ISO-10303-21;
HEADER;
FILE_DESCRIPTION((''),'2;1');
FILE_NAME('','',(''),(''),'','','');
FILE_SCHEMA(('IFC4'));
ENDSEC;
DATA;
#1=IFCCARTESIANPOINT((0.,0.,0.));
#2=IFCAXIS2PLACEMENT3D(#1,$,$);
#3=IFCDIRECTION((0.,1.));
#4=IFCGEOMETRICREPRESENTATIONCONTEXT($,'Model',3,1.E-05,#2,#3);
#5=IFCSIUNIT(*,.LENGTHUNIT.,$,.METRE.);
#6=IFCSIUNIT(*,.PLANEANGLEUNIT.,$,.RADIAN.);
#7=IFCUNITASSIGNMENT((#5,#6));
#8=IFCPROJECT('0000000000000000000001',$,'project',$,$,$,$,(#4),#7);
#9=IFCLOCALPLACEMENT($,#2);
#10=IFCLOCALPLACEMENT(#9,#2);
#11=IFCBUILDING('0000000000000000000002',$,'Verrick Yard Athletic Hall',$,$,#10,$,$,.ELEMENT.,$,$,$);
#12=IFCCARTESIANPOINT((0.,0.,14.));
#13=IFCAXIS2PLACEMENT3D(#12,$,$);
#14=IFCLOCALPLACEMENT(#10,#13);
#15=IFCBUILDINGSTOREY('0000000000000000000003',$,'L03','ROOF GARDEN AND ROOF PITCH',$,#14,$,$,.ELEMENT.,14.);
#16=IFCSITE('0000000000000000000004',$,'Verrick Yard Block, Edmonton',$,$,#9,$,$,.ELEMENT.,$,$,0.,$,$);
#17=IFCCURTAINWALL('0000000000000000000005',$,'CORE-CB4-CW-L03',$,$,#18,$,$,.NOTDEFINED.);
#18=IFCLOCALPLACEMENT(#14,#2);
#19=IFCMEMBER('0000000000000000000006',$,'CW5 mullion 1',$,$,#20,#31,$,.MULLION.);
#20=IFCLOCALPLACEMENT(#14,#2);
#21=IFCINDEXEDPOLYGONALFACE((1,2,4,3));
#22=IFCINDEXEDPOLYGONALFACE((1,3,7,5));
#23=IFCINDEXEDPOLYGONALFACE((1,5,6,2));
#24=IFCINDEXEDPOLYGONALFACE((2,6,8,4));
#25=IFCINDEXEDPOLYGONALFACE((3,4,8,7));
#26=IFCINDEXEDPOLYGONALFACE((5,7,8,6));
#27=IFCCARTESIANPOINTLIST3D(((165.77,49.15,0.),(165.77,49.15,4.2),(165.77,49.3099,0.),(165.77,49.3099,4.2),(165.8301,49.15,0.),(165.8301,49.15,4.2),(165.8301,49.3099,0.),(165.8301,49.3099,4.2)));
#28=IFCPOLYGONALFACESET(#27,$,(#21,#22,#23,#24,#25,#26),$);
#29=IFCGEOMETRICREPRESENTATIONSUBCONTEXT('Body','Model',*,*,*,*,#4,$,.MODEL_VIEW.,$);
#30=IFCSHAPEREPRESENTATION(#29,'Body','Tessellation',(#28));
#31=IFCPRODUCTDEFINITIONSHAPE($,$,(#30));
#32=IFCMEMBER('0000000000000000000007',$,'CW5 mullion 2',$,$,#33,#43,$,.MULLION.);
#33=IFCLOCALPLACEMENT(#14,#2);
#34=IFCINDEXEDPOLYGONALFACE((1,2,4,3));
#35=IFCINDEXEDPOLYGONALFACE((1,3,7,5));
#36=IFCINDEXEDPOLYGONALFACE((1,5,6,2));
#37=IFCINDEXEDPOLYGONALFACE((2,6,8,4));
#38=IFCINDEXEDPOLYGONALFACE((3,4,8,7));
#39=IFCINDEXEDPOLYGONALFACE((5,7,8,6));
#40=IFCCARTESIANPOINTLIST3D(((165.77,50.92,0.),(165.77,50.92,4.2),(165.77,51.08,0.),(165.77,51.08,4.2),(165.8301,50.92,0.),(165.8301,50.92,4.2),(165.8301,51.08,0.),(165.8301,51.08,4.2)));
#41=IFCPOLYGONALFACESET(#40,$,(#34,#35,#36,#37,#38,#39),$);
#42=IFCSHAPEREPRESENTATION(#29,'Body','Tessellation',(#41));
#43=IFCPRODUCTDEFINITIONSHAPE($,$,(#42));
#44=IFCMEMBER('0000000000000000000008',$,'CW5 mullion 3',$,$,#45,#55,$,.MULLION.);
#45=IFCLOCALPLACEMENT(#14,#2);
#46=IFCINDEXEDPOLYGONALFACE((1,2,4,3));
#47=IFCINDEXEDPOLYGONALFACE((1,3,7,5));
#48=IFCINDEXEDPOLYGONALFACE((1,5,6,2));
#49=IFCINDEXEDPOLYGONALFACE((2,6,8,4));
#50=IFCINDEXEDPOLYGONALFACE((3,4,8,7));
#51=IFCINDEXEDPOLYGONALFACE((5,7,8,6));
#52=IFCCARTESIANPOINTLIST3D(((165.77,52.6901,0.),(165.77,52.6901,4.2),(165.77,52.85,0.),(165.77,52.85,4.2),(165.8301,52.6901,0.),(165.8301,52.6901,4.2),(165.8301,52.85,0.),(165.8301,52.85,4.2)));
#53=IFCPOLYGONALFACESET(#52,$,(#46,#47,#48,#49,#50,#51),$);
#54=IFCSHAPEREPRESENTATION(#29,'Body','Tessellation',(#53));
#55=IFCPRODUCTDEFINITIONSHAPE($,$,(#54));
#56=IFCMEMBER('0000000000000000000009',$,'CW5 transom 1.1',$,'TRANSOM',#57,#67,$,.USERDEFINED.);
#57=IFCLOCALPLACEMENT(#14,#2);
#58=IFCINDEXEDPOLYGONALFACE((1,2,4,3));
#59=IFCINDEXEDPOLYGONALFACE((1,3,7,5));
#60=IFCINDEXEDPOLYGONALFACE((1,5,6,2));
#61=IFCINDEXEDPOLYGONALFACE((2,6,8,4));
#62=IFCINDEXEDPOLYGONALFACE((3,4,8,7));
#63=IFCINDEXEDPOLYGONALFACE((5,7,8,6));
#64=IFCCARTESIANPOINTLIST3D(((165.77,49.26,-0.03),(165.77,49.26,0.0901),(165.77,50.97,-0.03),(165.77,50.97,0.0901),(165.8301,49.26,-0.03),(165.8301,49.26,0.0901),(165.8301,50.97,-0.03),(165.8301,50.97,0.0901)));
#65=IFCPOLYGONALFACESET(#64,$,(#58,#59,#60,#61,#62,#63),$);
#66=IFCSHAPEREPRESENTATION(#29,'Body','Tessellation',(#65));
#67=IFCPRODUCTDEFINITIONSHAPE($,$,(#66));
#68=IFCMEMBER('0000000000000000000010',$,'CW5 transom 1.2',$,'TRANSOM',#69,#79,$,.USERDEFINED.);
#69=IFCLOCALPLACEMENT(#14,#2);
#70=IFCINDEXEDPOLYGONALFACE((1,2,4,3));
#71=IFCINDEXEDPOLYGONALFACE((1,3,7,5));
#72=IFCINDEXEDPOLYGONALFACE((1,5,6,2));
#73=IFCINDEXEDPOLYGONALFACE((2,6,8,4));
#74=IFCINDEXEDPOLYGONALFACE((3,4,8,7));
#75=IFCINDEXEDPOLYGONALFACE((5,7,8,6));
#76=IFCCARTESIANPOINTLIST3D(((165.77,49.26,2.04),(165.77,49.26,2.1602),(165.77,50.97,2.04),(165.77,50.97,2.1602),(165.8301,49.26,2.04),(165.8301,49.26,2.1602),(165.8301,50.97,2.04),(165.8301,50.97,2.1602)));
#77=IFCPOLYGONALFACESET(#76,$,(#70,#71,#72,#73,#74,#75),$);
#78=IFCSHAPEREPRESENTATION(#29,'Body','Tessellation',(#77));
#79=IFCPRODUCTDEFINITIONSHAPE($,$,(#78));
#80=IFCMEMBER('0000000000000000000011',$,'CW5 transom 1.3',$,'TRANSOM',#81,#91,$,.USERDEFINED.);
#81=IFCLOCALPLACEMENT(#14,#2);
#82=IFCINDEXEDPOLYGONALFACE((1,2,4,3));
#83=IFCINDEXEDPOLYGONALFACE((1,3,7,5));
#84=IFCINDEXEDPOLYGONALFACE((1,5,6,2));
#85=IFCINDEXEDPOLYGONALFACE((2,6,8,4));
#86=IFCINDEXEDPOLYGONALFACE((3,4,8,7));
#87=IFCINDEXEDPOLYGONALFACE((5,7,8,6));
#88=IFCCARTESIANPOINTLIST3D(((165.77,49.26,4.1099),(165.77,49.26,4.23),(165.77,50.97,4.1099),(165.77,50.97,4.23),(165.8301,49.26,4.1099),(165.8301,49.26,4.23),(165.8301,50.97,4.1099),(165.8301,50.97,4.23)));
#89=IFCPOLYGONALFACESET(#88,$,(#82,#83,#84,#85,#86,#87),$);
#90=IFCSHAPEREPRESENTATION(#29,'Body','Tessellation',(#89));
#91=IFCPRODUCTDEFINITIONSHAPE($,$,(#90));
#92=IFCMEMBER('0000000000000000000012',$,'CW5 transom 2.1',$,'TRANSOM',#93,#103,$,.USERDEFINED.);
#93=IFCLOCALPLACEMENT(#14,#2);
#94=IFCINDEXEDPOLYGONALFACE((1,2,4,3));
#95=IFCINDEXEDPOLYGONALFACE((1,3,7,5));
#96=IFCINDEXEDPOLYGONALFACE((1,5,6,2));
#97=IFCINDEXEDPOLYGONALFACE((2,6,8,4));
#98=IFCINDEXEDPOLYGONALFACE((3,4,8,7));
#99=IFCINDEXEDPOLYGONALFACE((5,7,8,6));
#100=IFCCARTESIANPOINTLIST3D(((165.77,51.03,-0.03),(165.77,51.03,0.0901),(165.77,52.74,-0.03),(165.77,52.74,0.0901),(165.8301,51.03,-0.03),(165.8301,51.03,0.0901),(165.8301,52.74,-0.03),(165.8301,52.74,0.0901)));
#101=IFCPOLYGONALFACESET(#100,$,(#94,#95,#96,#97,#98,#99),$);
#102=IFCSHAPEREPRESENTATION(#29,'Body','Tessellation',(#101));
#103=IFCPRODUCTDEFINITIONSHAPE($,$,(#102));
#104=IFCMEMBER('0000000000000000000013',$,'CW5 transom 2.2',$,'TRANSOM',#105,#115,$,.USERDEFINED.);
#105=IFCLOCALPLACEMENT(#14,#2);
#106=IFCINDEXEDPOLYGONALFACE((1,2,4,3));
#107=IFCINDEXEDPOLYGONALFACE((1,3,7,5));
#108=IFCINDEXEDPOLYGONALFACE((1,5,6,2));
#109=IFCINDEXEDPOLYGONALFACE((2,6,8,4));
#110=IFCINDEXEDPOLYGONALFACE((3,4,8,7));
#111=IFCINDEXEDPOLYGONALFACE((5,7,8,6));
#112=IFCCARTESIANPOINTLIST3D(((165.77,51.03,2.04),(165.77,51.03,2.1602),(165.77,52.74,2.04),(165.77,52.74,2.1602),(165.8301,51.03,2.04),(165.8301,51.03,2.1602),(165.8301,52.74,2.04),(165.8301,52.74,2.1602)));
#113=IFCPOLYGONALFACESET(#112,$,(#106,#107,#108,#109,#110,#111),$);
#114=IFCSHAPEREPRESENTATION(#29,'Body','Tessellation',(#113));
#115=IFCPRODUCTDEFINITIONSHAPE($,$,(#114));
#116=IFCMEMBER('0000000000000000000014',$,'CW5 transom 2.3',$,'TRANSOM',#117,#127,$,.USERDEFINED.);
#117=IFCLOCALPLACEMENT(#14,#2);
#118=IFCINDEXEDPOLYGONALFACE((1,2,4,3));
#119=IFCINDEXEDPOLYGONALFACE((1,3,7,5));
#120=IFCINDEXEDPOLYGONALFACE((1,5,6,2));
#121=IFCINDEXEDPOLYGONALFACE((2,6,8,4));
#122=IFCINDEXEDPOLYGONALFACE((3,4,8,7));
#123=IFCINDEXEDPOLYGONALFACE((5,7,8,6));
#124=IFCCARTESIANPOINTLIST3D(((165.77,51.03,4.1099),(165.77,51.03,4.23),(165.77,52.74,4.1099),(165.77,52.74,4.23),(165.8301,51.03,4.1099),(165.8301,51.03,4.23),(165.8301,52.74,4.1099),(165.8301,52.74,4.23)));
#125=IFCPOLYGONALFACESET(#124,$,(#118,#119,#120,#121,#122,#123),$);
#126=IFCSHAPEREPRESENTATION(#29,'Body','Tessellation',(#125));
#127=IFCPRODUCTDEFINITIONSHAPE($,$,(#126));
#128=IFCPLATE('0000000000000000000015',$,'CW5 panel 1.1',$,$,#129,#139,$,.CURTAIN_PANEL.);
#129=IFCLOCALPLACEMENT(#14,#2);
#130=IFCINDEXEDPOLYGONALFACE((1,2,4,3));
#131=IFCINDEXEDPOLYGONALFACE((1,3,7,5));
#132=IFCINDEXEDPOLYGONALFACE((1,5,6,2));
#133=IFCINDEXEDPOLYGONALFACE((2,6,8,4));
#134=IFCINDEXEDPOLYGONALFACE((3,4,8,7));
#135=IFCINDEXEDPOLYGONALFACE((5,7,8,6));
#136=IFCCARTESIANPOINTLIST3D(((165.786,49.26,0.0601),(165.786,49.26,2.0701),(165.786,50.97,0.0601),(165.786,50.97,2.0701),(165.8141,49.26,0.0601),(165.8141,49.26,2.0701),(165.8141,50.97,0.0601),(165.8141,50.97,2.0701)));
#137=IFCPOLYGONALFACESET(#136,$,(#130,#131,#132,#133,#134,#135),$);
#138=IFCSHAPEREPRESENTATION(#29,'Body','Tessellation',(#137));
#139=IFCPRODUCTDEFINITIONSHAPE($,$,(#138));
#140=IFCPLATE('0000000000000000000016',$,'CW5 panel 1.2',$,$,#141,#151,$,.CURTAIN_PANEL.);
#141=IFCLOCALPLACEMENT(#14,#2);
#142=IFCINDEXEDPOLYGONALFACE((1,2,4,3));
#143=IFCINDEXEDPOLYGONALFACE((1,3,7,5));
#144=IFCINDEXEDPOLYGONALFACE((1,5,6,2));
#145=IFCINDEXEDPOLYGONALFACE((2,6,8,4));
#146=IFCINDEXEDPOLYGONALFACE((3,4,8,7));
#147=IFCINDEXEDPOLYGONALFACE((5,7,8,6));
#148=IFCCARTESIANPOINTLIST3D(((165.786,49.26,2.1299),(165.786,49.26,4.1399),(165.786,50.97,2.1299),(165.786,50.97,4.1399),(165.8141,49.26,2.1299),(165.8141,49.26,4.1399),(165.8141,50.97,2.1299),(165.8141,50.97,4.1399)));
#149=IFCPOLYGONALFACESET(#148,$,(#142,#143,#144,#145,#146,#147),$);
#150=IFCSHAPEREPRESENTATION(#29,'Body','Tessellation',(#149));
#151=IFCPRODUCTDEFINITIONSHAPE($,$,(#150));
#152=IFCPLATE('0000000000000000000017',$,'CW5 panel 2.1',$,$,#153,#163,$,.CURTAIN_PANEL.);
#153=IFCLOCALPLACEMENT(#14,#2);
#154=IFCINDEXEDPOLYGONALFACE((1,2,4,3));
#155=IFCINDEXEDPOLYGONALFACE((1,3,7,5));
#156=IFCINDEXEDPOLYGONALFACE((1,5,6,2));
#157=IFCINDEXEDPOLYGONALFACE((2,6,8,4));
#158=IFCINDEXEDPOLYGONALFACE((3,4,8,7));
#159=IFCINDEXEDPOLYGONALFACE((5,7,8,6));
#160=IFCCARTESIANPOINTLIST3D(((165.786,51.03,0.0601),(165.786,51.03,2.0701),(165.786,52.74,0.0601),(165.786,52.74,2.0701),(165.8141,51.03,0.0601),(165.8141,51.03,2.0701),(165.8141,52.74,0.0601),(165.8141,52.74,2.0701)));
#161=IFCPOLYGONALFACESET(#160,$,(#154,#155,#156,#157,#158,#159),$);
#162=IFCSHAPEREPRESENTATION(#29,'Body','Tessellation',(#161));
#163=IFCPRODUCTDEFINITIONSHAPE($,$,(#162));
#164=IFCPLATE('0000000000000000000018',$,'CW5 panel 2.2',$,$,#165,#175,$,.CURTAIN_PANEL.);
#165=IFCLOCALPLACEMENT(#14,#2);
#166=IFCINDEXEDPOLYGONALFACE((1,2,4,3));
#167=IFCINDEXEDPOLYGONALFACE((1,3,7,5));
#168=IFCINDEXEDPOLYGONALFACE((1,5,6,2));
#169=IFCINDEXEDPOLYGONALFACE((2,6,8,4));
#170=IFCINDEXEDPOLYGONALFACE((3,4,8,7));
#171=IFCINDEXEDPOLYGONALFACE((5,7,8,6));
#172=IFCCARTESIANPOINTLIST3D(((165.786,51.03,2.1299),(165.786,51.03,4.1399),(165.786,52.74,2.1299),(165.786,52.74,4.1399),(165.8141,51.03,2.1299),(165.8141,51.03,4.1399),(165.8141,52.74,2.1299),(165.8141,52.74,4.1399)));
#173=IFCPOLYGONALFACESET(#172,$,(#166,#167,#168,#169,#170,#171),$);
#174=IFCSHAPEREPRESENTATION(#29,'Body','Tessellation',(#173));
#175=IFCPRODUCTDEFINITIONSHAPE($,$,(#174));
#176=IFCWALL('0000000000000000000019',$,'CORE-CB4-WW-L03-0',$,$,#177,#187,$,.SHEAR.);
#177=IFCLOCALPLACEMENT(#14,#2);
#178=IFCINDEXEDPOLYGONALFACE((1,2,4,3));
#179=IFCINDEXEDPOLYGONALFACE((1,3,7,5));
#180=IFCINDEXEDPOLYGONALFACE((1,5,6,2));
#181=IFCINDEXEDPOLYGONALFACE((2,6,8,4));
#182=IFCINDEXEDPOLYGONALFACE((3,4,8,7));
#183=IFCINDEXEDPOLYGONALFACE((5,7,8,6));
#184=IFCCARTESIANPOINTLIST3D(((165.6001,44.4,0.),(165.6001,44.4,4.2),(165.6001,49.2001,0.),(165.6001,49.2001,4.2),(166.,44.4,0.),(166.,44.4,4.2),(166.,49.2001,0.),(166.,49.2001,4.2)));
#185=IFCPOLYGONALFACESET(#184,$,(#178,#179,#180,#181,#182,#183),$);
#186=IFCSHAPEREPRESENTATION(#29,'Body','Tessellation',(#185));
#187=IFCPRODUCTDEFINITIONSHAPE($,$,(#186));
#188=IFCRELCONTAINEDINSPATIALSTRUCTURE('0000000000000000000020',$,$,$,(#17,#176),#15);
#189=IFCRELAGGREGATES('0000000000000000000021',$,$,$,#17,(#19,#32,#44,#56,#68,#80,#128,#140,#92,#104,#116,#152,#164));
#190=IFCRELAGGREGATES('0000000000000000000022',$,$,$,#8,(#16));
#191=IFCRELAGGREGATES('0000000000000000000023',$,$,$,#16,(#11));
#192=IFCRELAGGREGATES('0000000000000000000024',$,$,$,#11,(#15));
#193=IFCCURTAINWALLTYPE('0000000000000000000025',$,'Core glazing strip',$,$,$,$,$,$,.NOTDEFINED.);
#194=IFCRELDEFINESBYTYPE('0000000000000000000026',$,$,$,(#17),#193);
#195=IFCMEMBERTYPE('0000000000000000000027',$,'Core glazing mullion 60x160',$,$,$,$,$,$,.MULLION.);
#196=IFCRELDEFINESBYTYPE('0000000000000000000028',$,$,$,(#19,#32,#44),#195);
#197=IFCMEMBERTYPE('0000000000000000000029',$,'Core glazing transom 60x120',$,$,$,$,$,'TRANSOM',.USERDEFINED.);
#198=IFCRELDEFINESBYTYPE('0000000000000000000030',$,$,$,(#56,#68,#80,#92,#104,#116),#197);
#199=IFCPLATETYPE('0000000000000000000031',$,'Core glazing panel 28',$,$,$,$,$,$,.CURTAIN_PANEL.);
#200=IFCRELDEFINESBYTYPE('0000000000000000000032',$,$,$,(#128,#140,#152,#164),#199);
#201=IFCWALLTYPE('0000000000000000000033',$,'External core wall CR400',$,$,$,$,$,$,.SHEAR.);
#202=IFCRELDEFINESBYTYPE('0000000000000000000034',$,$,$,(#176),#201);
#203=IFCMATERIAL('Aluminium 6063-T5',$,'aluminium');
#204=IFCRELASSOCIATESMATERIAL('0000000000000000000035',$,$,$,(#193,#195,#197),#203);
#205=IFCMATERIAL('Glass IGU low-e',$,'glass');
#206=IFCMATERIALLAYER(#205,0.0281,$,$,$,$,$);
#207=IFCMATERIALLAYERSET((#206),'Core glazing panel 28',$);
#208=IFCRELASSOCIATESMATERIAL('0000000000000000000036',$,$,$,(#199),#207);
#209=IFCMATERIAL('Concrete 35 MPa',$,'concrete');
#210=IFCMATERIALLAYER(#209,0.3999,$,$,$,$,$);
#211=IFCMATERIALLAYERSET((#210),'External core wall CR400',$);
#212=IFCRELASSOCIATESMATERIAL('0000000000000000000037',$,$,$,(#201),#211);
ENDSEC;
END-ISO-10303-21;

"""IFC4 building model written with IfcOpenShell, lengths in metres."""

from ifc_helpers import new_model, si_unit, direction, frame, frame_2d, origin, origin_2d, place, context, subcontext, project, spatial, rectangle, extrude, material, layer, layer_set, material_profile, profile_set, type_object, element, aggregate, save


model = new_model("IFC4")

# Units and contexts
model_context = context("Model", 3, precision=1e-05, world=origin(), true_north=direction((0.0, 1.0)))
body_context = subcontext(model_context, "Body", "Model", "MODEL_VIEW")
ifc_project = project(units=[si_unit("LENGTHUNIT", "METRE"), si_unit("PLANEANGLEUNIT", "RADIAN")], contexts=[model_context])

# Site, building, storey
site_placement = place(None, origin())
site = spatial("IfcSite", under=ifc_project, at=site_placement, Name="Verrick Yard Block, Edmonton", CompositionType="ELEMENT", RefElevation=0.0)
building_placement = place(site_placement, origin())
building = spatial("IfcBuilding", under=site, at=building_placement, Name="Verrick Yard Athletic Hall", CompositionType="ELEMENT")
storey_placement = place(building_placement, frame((0.0, 0.0, 14.0)))
storey = spatial("IfcBuildingStorey", under=building, at=storey_placement, Name="L03", Description="ROOF GARDEN AND ROOF PITCH", CompositionType="ELEMENT", Elevation=14.0)

# Curtain wall, members, plates
ifc_material_1 = material(Name="Aluminium 6063-T5", Category="aluminium")
curtain_wall_type = type_object("IfcCurtainWallType", Name="Core glazing strip", PredefinedType="NOTDEFINED", material=ifc_material_1)
curtain_wall_placement = place(storey_placement, origin())
curtain_wall = element("IfcCurtainWall", 1, at=curtain_wall_placement, inside=storey, type_object=curtain_wall_type, Name="CORE-CB4-CW-L03", PredefinedType="NOTDEFINED")
ifc_material_profile_1 = material_profile(ifc_material_1, rectangle(XDim=0.0601, YDim=0.1599, at=origin_2d()), Name="Core glazing mullion 60x160")
ifc_profile_set_1 = profile_set([ifc_material_profile_1], Name="Aluminium 6063-T5")
member_type_1 = type_object("IfcMemberType", Name="Core glazing mullion 60x160", PredefinedType="MULLION", material=ifc_profile_set_1)
member_1_placement = place(storey_placement, frame((165.8, 49.23, 0.0), z_axis=(0.0, 0.0, 1.0), x_axis=(-1.0, 0.0, 0.0)))
member_1 = element("IfcMember", 2, at=member_1_placement, type_object=member_type_1, Name="CW5 mullion 1", PredefinedType="MULLION", context=body_context, shape_type="SweptSolid", body=[
    extrude(rectangle(XDim=0.0601, YDim=0.1599, at=origin_2d()), origin(), (0.0, 0.0, 1.0), 4.2),
])
member_2_placement = place(storey_placement, frame((165.8, 51.0, 0.0), z_axis=(0.0, 0.0, 1.0), x_axis=(-1.0, 0.0, 0.0)))
member_2 = element("IfcMember", 3, at=member_2_placement, type_object=member_type_1, Name="CW5 mullion 2", PredefinedType="MULLION", context=body_context, shape_type="SweptSolid", body=[
    extrude(rectangle(XDim=0.0601, YDim=0.1599, at=origin_2d()), origin(), (0.0, 0.0, 1.0), 4.2),
])
member_3_placement = place(storey_placement, frame((165.8, 52.77, 0.0), z_axis=(0.0, 0.0, 1.0), x_axis=(-1.0, 0.0, 0.0)))
member_3 = element("IfcMember", 4, at=member_3_placement, type_object=member_type_1, Name="CW5 mullion 3", PredefinedType="MULLION", context=body_context, shape_type="SweptSolid", body=[
    extrude(rectangle(XDim=0.0601, YDim=0.1599, at=origin_2d()), origin(), (0.0, 0.0, 1.0), 4.2),
])
ifc_material_profile_2 = material_profile(ifc_material_1, rectangle(XDim=0.0601, YDim=0.1201, at=origin_2d()), Name="Core glazing transom 60x120")
ifc_profile_set_2 = profile_set([ifc_material_profile_2], Name="Aluminium 6063-T5")
member_type_2 = type_object("IfcMemberType", Name="Core glazing transom 60x120", ElementType="TRANSOM", PredefinedType="USERDEFINED", material=ifc_profile_set_2)
member_4_placement = place(storey_placement, frame((165.8, 49.26, 0.03), z_axis=(0.0, 1.0, 0.0), x_axis=(-1.0, 0.0, 0.0)))
member_4 = element("IfcMember", 5, at=member_4_placement, type_object=member_type_2, Name="CW5 transom 1.1", ObjectType="TRANSOM", PredefinedType="USERDEFINED", context=body_context, shape_type="SweptSolid", body=[
    extrude(rectangle(XDim=0.0601, YDim=0.1201, at=origin_2d()), origin(), (0.0, 0.0, 1.0), 1.71),
])
member_5_placement = place(storey_placement, frame((165.8, 49.26, 2.1001), z_axis=(0.0, 1.0, 0.0), x_axis=(-1.0, 0.0, 0.0)))
member_5 = element("IfcMember", 6, at=member_5_placement, type_object=member_type_2, Name="CW5 transom 1.2", ObjectType="TRANSOM", PredefinedType="USERDEFINED", context=body_context, shape_type="SweptSolid", body=[
    extrude(rectangle(XDim=0.0601, YDim=0.1201, at=origin_2d()), origin(), (0.0, 0.0, 1.0), 1.71),
])
member_6_placement = place(storey_placement, frame((165.8, 49.26, 4.1699), z_axis=(0.0, 1.0, 0.0), x_axis=(-1.0, 0.0, 0.0)))
member_6 = element("IfcMember", 7, at=member_6_placement, type_object=member_type_2, Name="CW5 transom 1.3", ObjectType="TRANSOM", PredefinedType="USERDEFINED", context=body_context, shape_type="SweptSolid", body=[
    extrude(rectangle(XDim=0.0601, YDim=0.1201, at=origin_2d()), origin(), (0.0, 0.0, 1.0), 1.71),
])
member_7_placement = place(storey_placement, frame((165.8, 51.03, 0.03), z_axis=(0.0, 1.0, 0.0), x_axis=(-1.0, 0.0, 0.0)))
member_7 = element("IfcMember", 8, at=member_7_placement, type_object=member_type_2, Name="CW5 transom 2.1", ObjectType="TRANSOM", PredefinedType="USERDEFINED", context=body_context, shape_type="SweptSolid", body=[
    extrude(rectangle(XDim=0.0601, YDim=0.1201, at=origin_2d()), origin(), (0.0, 0.0, 1.0), 1.71),
])
member_8_placement = place(storey_placement, frame((165.8, 51.03, 2.1001), z_axis=(0.0, 1.0, 0.0), x_axis=(-1.0, 0.0, 0.0)))
member_8 = element("IfcMember", 9, at=member_8_placement, type_object=member_type_2, Name="CW5 transom 2.2", ObjectType="TRANSOM", PredefinedType="USERDEFINED", context=body_context, shape_type="SweptSolid", body=[
    extrude(rectangle(XDim=0.0601, YDim=0.1201, at=origin_2d()), origin(), (0.0, 0.0, 1.0), 1.71),
])
member_9_placement = place(storey_placement, frame((165.8, 51.03, 4.1699), z_axis=(0.0, 1.0, 0.0), x_axis=(-1.0, 0.0, 0.0)))
member_9 = element("IfcMember", 10, at=member_9_placement, type_object=member_type_2, Name="CW5 transom 2.3", ObjectType="TRANSOM", PredefinedType="USERDEFINED", context=body_context, shape_type="SweptSolid", body=[
    extrude(rectangle(XDim=0.0601, YDim=0.1201, at=origin_2d()), origin(), (0.0, 0.0, 1.0), 1.71),
])
ifc_material_2 = material(Name="Glass IGU low-e", Category="glass")
ifc_layer_1 = layer(ifc_material_2, 0.0281)
ifc_layer_set_1 = layer_set([ifc_layer_1], Name="Core glazing panel 28")
plate_type = type_object("IfcPlateType", Name="Core glazing panel 28", PredefinedType="CURTAIN_PANEL", material=ifc_layer_set_1)
plate_1_placement = place(storey_placement, frame((165.8, 50.115, 0.0601), z_axis=(0.0, 0.0, 1.0), x_axis=(0.0, 1.0, 0.0)))
plate_1 = element("IfcPlate", 11, at=plate_1_placement, type_object=plate_type, Name="CW5 panel 1.1", PredefinedType="CURTAIN_PANEL", context=body_context, shape_type="SweptSolid", body=[
    extrude(rectangle(XDim=1.71, YDim=0.0281, at=origin_2d()), origin(), (0.0, 0.0, 1.0), 2.01),
])
plate_2_placement = place(storey_placement, frame((165.8, 50.115, 2.1299), z_axis=(0.0, 0.0, 1.0), x_axis=(0.0, 1.0, 0.0)))
plate_2 = element("IfcPlate", 12, at=plate_2_placement, type_object=plate_type, Name="CW5 panel 1.2", PredefinedType="CURTAIN_PANEL", context=body_context, shape_type="SweptSolid", body=[
    extrude(rectangle(XDim=1.71, YDim=0.0281, at=origin_2d()), origin(), (0.0, 0.0, 1.0), 2.01),
])
plate_3_placement = place(storey_placement, frame((165.8, 51.885, 0.0601), z_axis=(0.0, 0.0, 1.0), x_axis=(0.0, 1.0, 0.0)))
plate_3 = element("IfcPlate", 13, at=plate_3_placement, type_object=plate_type, Name="CW5 panel 2.1", PredefinedType="CURTAIN_PANEL", context=body_context, shape_type="SweptSolid", body=[
    extrude(rectangle(XDim=1.71, YDim=0.0281, at=origin_2d()), origin(), (0.0, 0.0, 1.0), 2.01),
])
plate_4_placement = place(storey_placement, frame((165.8, 51.885, 2.1299), z_axis=(0.0, 0.0, 1.0), x_axis=(0.0, 1.0, 0.0)))
plate_4 = element("IfcPlate", 14, at=plate_4_placement, type_object=plate_type, Name="CW5 panel 2.2", PredefinedType="CURTAIN_PANEL", context=body_context, shape_type="SweptSolid", body=[
    extrude(rectangle(XDim=1.71, YDim=0.0281, at=origin_2d()), origin(), (0.0, 0.0, 1.0), 2.01),
])
aggregate(curtain_wall, [member_1, member_2, member_3, member_4, member_5, member_6, plate_1, plate_2, member_7, member_8, member_9, plate_3, plate_4])

# Wall
ifc_material_3 = material(Name="Concrete 35 MPa", Category="concrete")
ifc_layer_2 = layer(ifc_material_3, 0.3999)
ifc_layer_set_2 = layer_set([ifc_layer_2], Name="External core wall CR400")
wall_type = type_object("IfcWallType", Name="External core wall CR400", PredefinedType="SHEAR", material=ifc_layer_set_2)
wall_1_placement = place(storey_placement, frame((165.8, 49.2, 0.0), z_axis=(0.0, 0.0, 1.0), x_axis=(0.0, -1.0, 0.0)))
element("IfcWall", 15, at=wall_1_placement, inside=storey, type_object=wall_type, Name="CORE-CB4-WW-L03-0", PredefinedType="SHEAR", context=body_context, shape_type="SweptSolid", body=[
    extrude(rectangle(XDim=4.8, YDim=0.3999, at=frame_2d((2.3999, 0.0))), origin(), (0.0, 0.0, 1.0), 4.2),
])

save(model, "model.ifc")
